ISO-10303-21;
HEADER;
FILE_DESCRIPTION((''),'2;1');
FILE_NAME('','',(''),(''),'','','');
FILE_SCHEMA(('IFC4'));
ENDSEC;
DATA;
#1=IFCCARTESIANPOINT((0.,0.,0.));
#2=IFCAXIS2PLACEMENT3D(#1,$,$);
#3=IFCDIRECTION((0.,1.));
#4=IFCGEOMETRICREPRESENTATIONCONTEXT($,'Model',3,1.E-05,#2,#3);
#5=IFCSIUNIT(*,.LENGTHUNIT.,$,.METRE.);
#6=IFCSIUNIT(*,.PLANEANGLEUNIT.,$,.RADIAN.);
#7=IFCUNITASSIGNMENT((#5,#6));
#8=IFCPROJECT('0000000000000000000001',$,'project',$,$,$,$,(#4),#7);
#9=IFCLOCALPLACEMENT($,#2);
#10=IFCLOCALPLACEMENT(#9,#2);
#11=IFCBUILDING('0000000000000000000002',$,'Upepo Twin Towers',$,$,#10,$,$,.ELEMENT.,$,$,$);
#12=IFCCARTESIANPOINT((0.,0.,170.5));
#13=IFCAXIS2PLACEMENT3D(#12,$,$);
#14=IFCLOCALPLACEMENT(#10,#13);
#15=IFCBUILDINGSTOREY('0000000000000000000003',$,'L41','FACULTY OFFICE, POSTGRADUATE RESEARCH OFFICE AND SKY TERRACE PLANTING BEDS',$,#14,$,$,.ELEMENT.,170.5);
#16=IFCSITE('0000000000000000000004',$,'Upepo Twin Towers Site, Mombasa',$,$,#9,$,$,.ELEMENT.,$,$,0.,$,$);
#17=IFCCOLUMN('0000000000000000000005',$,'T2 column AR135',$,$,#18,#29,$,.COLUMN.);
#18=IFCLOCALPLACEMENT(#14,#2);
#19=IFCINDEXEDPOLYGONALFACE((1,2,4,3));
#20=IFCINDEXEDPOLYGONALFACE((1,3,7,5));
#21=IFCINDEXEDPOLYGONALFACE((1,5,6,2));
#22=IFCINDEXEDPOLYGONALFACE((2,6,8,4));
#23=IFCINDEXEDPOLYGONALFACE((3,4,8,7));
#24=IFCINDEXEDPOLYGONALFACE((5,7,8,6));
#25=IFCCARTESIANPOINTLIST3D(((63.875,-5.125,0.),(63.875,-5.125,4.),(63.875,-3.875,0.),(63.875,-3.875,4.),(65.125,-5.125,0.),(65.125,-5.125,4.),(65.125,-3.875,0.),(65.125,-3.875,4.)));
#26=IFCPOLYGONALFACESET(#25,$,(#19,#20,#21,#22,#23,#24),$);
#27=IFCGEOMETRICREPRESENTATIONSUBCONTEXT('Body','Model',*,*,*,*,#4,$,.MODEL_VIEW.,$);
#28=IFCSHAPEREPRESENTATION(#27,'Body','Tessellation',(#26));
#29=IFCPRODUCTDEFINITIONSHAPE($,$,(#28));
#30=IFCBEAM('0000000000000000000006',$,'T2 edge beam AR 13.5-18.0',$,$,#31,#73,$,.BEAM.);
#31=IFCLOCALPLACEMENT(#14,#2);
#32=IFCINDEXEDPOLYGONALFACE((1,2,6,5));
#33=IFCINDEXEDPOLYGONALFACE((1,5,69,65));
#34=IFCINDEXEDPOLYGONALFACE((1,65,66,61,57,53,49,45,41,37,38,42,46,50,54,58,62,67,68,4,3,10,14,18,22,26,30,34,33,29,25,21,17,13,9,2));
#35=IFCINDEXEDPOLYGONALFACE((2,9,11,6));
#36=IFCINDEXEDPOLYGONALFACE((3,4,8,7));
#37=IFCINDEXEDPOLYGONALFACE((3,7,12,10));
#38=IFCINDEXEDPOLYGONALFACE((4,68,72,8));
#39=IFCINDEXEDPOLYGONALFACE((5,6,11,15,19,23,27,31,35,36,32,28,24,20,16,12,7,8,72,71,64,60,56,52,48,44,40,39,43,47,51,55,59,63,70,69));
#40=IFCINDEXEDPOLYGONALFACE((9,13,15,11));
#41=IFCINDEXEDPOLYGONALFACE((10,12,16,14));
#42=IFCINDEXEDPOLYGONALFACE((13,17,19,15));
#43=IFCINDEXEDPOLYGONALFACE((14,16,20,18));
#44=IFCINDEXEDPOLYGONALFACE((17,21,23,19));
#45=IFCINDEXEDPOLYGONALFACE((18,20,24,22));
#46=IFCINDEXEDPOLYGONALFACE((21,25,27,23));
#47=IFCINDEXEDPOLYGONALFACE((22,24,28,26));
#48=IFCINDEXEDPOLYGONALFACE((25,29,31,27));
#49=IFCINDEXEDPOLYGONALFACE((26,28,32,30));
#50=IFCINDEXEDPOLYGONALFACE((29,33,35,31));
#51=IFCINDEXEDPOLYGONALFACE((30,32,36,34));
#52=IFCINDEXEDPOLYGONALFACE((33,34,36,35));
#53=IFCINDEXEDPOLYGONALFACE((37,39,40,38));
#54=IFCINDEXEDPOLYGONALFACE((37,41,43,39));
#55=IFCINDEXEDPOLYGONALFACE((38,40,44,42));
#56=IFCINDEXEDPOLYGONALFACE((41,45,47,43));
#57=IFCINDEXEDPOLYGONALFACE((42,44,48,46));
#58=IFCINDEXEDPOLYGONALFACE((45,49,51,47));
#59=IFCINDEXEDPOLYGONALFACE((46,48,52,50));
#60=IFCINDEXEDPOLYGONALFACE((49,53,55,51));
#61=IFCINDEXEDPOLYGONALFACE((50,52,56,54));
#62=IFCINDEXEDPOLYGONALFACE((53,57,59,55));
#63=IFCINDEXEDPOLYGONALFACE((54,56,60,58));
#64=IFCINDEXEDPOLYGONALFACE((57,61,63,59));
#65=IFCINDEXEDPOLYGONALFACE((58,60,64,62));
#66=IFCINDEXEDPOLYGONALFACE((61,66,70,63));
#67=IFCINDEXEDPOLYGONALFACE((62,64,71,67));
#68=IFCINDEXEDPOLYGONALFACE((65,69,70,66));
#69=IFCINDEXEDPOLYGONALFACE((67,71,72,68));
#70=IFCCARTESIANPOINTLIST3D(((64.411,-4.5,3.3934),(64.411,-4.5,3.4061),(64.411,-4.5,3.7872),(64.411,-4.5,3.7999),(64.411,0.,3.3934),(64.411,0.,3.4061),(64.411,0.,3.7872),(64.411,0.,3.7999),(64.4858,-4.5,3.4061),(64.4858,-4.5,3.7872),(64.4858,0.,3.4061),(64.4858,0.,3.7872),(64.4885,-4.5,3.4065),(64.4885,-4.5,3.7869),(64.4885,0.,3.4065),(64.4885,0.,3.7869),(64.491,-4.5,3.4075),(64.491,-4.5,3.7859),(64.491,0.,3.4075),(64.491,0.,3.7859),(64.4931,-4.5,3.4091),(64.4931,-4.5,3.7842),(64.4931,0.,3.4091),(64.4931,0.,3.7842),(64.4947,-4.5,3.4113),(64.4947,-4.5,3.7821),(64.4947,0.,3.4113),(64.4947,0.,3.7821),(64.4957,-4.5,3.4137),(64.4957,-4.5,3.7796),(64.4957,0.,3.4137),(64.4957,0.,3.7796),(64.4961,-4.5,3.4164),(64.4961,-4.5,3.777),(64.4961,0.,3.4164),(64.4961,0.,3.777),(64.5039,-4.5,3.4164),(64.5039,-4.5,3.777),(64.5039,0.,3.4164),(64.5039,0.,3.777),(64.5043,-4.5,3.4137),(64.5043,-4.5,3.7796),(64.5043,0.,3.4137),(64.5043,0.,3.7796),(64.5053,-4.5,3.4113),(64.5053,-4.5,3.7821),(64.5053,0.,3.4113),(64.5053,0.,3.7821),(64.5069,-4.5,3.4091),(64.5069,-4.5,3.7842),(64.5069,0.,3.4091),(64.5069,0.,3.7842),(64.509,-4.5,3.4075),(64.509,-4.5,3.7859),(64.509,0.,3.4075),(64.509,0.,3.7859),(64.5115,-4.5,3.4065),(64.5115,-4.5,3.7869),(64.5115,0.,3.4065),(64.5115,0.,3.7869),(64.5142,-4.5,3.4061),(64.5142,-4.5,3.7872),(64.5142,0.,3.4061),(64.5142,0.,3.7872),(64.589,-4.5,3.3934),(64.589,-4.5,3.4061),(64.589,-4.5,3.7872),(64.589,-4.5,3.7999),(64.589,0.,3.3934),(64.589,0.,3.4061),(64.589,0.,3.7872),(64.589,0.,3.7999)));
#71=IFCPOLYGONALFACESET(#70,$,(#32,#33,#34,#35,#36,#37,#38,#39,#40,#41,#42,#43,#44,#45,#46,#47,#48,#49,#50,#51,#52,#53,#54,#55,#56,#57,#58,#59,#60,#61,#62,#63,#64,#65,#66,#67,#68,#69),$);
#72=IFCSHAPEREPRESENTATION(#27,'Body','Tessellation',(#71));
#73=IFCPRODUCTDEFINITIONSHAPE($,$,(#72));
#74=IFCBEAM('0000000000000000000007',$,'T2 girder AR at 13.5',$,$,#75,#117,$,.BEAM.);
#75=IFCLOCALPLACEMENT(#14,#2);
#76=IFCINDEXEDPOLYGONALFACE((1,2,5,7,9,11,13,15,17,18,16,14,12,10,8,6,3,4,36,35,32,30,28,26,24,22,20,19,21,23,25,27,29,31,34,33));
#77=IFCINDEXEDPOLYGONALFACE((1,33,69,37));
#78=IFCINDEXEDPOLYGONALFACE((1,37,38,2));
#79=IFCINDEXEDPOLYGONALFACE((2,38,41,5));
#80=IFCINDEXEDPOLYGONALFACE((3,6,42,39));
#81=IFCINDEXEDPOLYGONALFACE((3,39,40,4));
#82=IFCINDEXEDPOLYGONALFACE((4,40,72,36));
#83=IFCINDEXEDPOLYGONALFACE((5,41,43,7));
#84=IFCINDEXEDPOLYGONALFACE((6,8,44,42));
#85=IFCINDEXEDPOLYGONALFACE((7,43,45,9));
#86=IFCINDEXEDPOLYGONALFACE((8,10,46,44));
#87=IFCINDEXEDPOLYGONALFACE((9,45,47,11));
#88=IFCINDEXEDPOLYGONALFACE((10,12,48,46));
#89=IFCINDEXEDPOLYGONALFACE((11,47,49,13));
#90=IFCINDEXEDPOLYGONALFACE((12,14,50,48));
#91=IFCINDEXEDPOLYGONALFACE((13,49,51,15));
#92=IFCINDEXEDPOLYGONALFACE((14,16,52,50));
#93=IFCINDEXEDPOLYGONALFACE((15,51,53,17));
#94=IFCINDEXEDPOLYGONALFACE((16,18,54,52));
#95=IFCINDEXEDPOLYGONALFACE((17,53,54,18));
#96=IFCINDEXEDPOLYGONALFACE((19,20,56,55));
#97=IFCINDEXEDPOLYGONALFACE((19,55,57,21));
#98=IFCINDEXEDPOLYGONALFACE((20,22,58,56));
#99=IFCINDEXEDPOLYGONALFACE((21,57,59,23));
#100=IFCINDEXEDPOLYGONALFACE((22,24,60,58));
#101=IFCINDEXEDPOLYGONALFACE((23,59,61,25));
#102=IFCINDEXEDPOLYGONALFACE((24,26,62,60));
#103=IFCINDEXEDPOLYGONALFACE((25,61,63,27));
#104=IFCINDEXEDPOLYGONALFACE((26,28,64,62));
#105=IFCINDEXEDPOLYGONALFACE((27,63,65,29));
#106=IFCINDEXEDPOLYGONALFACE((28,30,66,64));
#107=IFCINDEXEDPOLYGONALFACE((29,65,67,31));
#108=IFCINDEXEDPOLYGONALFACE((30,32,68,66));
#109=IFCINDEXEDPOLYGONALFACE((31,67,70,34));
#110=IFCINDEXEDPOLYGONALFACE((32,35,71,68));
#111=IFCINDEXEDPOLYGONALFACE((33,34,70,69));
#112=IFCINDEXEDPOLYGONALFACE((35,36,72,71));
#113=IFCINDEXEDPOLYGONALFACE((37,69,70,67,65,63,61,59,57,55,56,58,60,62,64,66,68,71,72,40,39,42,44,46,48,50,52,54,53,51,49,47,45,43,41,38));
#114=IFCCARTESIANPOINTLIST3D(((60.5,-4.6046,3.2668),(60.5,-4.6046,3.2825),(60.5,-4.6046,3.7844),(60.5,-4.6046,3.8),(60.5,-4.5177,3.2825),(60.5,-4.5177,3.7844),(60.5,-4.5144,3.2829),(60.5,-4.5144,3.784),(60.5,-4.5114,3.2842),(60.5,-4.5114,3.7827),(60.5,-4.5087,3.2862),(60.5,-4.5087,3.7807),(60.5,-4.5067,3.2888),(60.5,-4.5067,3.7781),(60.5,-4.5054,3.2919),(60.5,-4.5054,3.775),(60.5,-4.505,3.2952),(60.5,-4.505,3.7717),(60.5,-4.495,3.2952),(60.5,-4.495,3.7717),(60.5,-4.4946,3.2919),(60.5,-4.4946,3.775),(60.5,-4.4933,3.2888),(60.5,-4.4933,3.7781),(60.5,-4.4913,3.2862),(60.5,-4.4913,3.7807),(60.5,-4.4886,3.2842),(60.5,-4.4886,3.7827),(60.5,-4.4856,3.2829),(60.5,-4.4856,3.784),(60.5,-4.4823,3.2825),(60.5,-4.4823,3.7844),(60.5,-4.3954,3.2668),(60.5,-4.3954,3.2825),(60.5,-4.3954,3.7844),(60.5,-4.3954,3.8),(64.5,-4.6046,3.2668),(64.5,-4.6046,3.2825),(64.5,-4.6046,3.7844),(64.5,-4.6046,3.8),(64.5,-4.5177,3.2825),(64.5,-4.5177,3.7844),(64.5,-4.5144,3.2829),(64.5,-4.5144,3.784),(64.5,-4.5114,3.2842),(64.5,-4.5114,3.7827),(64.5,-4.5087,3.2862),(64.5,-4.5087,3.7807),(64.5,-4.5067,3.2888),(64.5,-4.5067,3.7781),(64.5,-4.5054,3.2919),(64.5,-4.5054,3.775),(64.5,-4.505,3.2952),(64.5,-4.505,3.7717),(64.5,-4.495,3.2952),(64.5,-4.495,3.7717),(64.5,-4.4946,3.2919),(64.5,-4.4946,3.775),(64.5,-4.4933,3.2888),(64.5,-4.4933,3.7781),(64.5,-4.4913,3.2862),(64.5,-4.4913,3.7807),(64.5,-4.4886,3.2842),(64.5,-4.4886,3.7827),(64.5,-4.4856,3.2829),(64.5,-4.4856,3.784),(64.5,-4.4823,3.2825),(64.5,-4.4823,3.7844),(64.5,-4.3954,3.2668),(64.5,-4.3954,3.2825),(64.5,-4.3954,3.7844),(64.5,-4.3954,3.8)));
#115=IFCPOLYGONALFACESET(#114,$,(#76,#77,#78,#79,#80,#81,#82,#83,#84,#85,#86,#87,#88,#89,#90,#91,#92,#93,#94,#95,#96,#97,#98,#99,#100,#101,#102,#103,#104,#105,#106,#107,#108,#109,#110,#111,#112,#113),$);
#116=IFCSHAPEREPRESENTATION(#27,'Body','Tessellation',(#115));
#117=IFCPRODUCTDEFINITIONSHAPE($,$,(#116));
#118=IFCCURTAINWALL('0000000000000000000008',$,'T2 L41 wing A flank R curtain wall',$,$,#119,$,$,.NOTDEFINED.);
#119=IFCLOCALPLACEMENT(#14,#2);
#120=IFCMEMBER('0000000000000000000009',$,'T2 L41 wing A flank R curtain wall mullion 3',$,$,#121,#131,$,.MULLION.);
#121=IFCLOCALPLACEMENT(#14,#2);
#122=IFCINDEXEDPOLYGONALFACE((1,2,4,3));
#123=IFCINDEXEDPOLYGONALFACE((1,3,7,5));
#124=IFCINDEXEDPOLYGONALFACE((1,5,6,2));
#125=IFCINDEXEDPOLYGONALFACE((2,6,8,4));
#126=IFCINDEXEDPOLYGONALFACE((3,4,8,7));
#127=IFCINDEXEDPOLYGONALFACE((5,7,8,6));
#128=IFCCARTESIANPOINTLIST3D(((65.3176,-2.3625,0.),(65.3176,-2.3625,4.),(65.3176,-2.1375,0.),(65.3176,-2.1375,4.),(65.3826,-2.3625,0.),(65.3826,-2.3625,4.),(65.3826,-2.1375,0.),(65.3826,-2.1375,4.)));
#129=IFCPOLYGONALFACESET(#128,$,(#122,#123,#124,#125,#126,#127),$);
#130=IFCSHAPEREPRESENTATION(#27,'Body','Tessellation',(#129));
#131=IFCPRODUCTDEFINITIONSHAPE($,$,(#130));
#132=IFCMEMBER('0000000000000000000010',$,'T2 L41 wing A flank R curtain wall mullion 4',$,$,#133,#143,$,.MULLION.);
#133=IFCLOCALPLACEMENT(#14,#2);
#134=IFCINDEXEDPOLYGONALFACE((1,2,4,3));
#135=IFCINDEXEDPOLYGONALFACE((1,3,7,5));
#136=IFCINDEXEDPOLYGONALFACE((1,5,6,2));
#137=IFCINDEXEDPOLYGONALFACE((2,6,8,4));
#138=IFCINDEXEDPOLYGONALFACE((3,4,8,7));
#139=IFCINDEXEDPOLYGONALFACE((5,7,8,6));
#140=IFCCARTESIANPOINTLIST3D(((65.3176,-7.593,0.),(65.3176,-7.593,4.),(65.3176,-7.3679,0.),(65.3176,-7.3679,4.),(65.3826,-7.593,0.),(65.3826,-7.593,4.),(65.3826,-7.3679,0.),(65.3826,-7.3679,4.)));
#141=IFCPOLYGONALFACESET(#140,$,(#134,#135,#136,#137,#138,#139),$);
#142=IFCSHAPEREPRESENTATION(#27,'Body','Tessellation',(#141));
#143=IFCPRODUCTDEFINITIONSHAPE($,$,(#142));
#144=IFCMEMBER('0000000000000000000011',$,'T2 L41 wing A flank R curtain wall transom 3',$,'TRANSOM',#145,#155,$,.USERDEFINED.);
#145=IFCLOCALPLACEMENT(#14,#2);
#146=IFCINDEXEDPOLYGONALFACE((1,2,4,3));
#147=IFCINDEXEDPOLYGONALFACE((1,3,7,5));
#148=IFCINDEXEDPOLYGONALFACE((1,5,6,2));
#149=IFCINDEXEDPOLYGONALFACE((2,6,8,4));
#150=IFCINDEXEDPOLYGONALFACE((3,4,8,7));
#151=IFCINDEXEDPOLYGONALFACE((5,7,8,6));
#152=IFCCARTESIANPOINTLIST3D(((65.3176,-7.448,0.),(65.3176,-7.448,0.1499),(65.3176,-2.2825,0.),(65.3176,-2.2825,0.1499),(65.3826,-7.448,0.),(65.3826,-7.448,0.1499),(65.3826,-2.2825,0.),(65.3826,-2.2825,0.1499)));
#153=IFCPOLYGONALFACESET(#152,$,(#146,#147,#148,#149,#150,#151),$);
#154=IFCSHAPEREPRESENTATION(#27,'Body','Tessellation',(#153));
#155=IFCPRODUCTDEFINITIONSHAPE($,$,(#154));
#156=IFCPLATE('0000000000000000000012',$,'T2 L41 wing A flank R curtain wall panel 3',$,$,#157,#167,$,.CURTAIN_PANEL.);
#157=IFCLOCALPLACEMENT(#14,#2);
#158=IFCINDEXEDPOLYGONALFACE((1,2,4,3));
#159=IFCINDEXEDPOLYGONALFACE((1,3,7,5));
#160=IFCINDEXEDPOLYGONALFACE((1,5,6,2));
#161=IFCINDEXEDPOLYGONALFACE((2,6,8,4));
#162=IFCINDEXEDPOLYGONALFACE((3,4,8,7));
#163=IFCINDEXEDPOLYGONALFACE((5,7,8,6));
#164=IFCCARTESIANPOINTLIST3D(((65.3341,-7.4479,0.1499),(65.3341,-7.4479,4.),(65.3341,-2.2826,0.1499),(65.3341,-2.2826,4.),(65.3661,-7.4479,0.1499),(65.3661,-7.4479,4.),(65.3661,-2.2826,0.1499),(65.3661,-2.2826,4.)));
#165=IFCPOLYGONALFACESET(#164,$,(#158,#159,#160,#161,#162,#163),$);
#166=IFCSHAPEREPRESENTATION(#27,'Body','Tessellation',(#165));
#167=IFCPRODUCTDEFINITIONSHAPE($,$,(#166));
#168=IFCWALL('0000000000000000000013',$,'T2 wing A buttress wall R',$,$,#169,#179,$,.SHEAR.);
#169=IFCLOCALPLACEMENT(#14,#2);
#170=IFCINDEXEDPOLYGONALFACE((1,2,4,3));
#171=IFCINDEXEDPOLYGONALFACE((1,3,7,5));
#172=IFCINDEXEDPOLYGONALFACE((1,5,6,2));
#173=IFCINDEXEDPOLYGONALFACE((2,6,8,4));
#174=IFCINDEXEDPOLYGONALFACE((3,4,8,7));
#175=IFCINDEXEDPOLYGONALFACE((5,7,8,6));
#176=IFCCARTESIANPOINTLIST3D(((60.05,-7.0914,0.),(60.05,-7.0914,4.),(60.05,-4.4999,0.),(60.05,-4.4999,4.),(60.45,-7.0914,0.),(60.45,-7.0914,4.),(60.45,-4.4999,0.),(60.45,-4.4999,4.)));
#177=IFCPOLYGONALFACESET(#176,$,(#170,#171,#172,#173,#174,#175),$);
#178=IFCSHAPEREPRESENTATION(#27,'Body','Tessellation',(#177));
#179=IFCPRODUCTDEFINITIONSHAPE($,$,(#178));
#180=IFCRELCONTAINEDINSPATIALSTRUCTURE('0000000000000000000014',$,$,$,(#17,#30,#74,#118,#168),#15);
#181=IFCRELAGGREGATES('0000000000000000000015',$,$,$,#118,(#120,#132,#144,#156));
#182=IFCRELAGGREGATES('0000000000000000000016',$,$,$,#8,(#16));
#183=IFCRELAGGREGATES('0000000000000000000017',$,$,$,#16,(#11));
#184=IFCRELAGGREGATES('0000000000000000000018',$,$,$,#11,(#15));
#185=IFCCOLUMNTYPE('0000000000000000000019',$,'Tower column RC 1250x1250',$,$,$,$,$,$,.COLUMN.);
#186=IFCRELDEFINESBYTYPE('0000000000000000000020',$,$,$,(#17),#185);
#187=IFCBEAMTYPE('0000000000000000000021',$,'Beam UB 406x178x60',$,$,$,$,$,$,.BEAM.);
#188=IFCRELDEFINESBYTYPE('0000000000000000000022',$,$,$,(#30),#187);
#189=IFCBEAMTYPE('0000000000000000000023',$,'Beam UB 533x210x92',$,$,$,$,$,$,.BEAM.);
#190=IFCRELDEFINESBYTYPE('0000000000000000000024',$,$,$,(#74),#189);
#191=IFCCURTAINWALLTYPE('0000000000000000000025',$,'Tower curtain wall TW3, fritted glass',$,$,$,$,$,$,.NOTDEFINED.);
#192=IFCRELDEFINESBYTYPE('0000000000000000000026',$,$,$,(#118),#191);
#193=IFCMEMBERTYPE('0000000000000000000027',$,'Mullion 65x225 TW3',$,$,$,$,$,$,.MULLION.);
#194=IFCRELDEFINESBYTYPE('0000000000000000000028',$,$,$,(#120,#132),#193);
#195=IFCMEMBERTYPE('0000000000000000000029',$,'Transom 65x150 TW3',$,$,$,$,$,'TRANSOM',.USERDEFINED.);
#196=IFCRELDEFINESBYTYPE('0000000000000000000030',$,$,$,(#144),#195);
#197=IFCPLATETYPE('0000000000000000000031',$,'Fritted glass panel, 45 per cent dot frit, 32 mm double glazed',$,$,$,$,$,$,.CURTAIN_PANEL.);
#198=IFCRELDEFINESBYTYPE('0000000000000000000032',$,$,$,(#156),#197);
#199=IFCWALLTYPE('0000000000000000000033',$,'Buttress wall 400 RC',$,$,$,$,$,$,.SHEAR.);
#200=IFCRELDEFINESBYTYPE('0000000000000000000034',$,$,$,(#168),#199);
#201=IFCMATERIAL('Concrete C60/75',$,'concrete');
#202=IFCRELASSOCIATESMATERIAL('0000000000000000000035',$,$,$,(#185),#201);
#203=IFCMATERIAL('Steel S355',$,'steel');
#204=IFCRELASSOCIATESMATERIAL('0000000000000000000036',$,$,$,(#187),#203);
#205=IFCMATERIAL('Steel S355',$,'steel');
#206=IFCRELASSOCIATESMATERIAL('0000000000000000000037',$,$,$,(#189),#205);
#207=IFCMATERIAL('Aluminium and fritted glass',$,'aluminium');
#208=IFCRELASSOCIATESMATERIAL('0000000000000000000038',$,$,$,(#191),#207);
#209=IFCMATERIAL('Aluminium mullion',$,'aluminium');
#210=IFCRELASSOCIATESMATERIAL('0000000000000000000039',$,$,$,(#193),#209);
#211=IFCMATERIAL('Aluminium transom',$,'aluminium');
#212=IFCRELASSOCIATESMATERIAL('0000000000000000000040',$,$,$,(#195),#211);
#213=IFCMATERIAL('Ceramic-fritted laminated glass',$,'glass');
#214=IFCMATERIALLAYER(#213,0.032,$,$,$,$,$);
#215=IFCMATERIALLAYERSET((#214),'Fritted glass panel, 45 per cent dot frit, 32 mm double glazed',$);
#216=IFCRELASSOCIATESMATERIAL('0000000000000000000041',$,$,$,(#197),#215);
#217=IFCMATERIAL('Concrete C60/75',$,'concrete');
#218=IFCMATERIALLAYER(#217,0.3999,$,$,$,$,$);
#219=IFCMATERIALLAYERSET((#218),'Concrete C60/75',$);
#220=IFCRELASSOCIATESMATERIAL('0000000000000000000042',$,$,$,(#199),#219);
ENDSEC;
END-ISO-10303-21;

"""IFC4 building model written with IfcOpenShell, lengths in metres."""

from ifc_helpers import new_model, si_unit, direction, frame, frame_2d, origin, origin_2d, place, context, subcontext, project, spatial, rectangle, i_section, extrude, material, layer, layer_set, material_profile, profile_set, type_object, element, aggregate, save


model = new_model("IFC4")

# Units and contexts
model_context = context("Model", 3, precision=1e-05, world=origin(), true_north=direction((0.0, 1.0)))
body_context = subcontext(model_context, "Body", "Model", "MODEL_VIEW")
ifc_project = project(units=[si_unit("LENGTHUNIT", "METRE"), si_unit("PLANEANGLEUNIT", "RADIAN")], contexts=[model_context])

# Site, building, storey
site_placement = place(None, origin())
site = spatial("IfcSite", under=ifc_project, at=site_placement, Name="Upepo Twin Towers Site, Mombasa", CompositionType="ELEMENT", RefElevation=0.0)
building_placement = place(site_placement, origin())
building = spatial("IfcBuilding", under=site, at=building_placement, Name="Upepo Twin Towers", CompositionType="ELEMENT")
storey_placement = place(building_placement, frame((0.0, 0.0, 170.5)))
storey = spatial("IfcBuildingStorey", under=building, at=storey_placement, Name="L41", Description="FACULTY OFFICE, POSTGRADUATE RESEARCH OFFICE AND SKY TERRACE PLANTING BEDS", CompositionType="ELEMENT", Elevation=170.5)

# Column
ifc_material_1 = material(Name="Concrete C60/75", Category="concrete")
ifc_material_profile_1 = material_profile(ifc_material_1, rectangle(XDim=1.25, YDim=1.25, at=origin_2d()), Name="RC 1250x1250")
ifc_profile_set_1 = profile_set([ifc_material_profile_1], Name="Concrete C60/75")
column_type = type_object("IfcColumnType", Name="Tower column RC 1250x1250", PredefinedType="COLUMN", material=ifc_profile_set_1)
column_placement = place(storey_placement, frame((64.5, -4.5, 0.0), z_axis=(0.0, 0.0, 1.0), x_axis=(1.0, 0.0, 0.0)))
element("IfcColumn", 1, at=column_placement, inside=storey, type_object=column_type, Name="T2 column AR135", PredefinedType="COLUMN", context=body_context, shape_type="SweptSolid", body=[
    extrude(rectangle(XDim=1.25, YDim=1.25, at=origin_2d()), origin(), (0.0, 0.0, 1.0), 4.0),
])

# Beams
ifc_material_2 = material(Name="Steel S355", Category="steel")
ifc_material_profile_2 = material_profile(ifc_material_2, i_section(OverallWidth=0.178, OverallDepth=0.4065, WebThickness=0.0078, FlangeThickness=0.0127, FilletRadius=0.0103, at=origin_2d()), Name="UB 406x178x60")
ifc_profile_set_2 = profile_set([ifc_material_profile_2], Name="Steel S355")
beam_type_1 = type_object("IfcBeamType", Name="Beam UB 406x178x60", PredefinedType="BEAM", material=ifc_profile_set_2)
beam_1_placement = place(storey_placement, frame((64.5, -4.5, 3.5967), z_axis=(0.0, 1.0, 0.0), x_axis=(-1.0, 0.0, 0.0)))
element("IfcBeam", 2, at=beam_1_placement, inside=storey, type_object=beam_type_1, Name="T2 edge beam AR 13.5-18.0", PredefinedType="BEAM", context=body_context, shape_type="SweptSolid", body=[
    extrude(i_section(OverallWidth=0.178, OverallDepth=0.4065, WebThickness=0.0078, FlangeThickness=0.0127, FilletRadius=0.0103, at=origin_2d()), origin(), (0.0, 0.0, 1.0), 4.5),
])
ifc_material_3 = material(Name="Steel S355", Category="steel")
ifc_material_profile_3 = material_profile(ifc_material_3, i_section(OverallWidth=0.2092, OverallDepth=0.5332, WebThickness=0.01, FlangeThickness=0.0156, FilletRadius=0.0127, at=origin_2d()), Name="UB 533x210x92")
ifc_profile_set_3 = profile_set([ifc_material_profile_3], Name="Steel S355")
beam_type_2 = type_object("IfcBeamType", Name="Beam UB 533x210x92", PredefinedType="BEAM", material=ifc_profile_set_3)
beam_2_placement = place(storey_placement, frame((64.5, -4.5, 3.5334), z_axis=(-1.0, 0.0, 0.0), x_axis=(0.0, -1.0, 0.0)))
element("IfcBeam", 3, at=beam_2_placement, inside=storey, type_object=beam_type_2, Name="T2 girder AR at 13.5", PredefinedType="BEAM", context=body_context, shape_type="SweptSolid", body=[
    extrude(i_section(OverallWidth=0.2092, OverallDepth=0.5332, WebThickness=0.01, FlangeThickness=0.0156, FilletRadius=0.0127, at=origin_2d()), origin(), (0.0, 0.0, 1.0), 4.0),
])

# Curtain wall, members, plate
ifc_material_4 = material(Name="Aluminium and fritted glass", Category="aluminium")
curtain_wall_type = type_object("IfcCurtainWallType", Name="Tower curtain wall TW3, fritted glass", PredefinedType="NOTDEFINED", material=ifc_material_4)
curtain_wall_placement = place(storey_placement, origin())
curtain_wall = element("IfcCurtainWall", 4, at=curtain_wall_placement, inside=storey, type_object=curtain_wall_type, Name="T2 L41 wing A flank R curtain wall", PredefinedType="NOTDEFINED")
ifc_material_5 = material(Name="Aluminium mullion", Category="aluminium")
ifc_material_profile_4 = material_profile(ifc_material_5, rectangle(XDim=0.0649, YDim=0.2251, at=origin_2d()), Name="MULLION 65x225")
ifc_profile_set_4 = profile_set([ifc_material_profile_4], Name="Aluminium mullion")
member_type_1 = type_object("IfcMemberType", Name="Mullion 65x225 TW3", PredefinedType="MULLION", material=ifc_profile_set_4)
member_1_placement = place(storey_placement, frame((65.3501, -2.25, 0.0), z_axis=(0.0, 0.0, 1.0), x_axis=(1.0, 0.0, 0.0)))
member_1 = element("IfcMember", 5, at=member_1_placement, type_object=member_type_1, Name="T2 L41 wing A flank R curtain wall mullion 3", PredefinedType="MULLION", context=body_context, shape_type="SweptSolid", body=[
    extrude(rectangle(XDim=0.0649, YDim=0.2251, at=origin_2d()), origin(), (0.0, 0.0, 1.0), 4.0),
])
member_2_placement = place(storey_placement, frame((65.3501, -7.4805, 0.0), z_axis=(0.0, 0.0, 1.0), x_axis=(1.0, 0.0, 0.0)))
member_2 = element("IfcMember", 6, at=member_2_placement, type_object=member_type_1, Name="T2 L41 wing A flank R curtain wall mullion 4", PredefinedType="MULLION", context=body_context, shape_type="SweptSolid", body=[
    extrude(rectangle(XDim=0.0649, YDim=0.2251, at=origin_2d()), origin(), (0.0, 0.0, 1.0), 4.0),
])
ifc_material_6 = material(Name="Aluminium transom", Category="aluminium")
ifc_material_profile_5 = material_profile(ifc_material_6, rectangle(XDim=0.0649, YDim=0.1499, at=origin_2d()), Name="TRANSOM 65x150")
ifc_profile_set_5 = profile_set([ifc_material_profile_5], Name="Aluminium transom")
member_type_2 = type_object("IfcMemberType", Name="Transom 65x150 TW3", ElementType="TRANSOM", PredefinedType="USERDEFINED", material=ifc_profile_set_5)
member_3_placement = place(storey_placement, frame((65.3501, -2.2825, 0.075), z_axis=(0.0, -1.0, 0.0), x_axis=(1.0, 0.0, 0.0)))
member_3 = element("IfcMember", 7, at=member_3_placement, type_object=member_type_2, Name="T2 L41 wing A flank R curtain wall transom 3", ObjectType="TRANSOM", PredefinedType="USERDEFINED", context=body_context, shape_type="SweptSolid", body=[
    extrude(rectangle(XDim=0.0649, YDim=0.1499, at=origin_2d()), origin(), (0.0, 0.0, 1.0), 5.1655),
])
ifc_material_7 = material(Name="Ceramic-fritted laminated glass", Category="glass")
ifc_layer_1 = layer(ifc_material_7, 0.032)
ifc_layer_set_1 = layer_set([ifc_layer_1], Name="Fritted glass panel, 45 per cent dot frit, 32 mm double glazed")
plate_type = type_object("IfcPlateType", Name="Fritted glass panel, 45 per cent dot frit, 32 mm double glazed", PredefinedType="CURTAIN_PANEL", material=ifc_layer_set_1)
plate_placement = place(storey_placement, frame((65.3501, -4.8652, 0.1499), z_axis=(0.0, 0.0, 1.0), x_axis=(0.0, -1.0, 0.0)))
plate = element("IfcPlate", 8, at=plate_placement, type_object=plate_type, Name="T2 L41 wing A flank R curtain wall panel 3", PredefinedType="CURTAIN_PANEL", context=body_context, shape_type="SweptSolid", body=[
    extrude(rectangle(XDim=5.1653, YDim=0.032, at=origin_2d()), origin(), (0.0, 0.0, 1.0), 3.8501),
])
aggregate(curtain_wall, [member_1, member_2, member_3, plate])

# Wall
ifc_material_8 = material(Name="Concrete C60/75", Category="concrete")
ifc_layer_2 = layer(ifc_material_8, 0.3999)
ifc_layer_set_2 = layer_set([ifc_layer_2], Name="Concrete C60/75")
wall_type_1 = type_object("IfcWallType", Name="Buttress wall 400 RC", PredefinedType="SHEAR", material=ifc_layer_set_2)
wall_1_placement = place(storey_placement, frame((60.25, -7.0916, 0.0), z_axis=(0.0, 0.0, 1.0), x_axis=(0.0, 1.0, 0.0)))
element("IfcWall", 9, at=wall_1_placement, inside=storey, type_object=wall_type_1, Name="T2 wing A buttress wall R", PredefinedType="SHEAR", context=body_context, shape_type="SweptSolid", body=[
    extrude(rectangle(XDim=2.5916, YDim=0.3999, at=frame_2d((1.2959, 0.0))), origin(), (0.0, 0.0, 1.0), 4.0),
])

save(model, "model.ifc")
